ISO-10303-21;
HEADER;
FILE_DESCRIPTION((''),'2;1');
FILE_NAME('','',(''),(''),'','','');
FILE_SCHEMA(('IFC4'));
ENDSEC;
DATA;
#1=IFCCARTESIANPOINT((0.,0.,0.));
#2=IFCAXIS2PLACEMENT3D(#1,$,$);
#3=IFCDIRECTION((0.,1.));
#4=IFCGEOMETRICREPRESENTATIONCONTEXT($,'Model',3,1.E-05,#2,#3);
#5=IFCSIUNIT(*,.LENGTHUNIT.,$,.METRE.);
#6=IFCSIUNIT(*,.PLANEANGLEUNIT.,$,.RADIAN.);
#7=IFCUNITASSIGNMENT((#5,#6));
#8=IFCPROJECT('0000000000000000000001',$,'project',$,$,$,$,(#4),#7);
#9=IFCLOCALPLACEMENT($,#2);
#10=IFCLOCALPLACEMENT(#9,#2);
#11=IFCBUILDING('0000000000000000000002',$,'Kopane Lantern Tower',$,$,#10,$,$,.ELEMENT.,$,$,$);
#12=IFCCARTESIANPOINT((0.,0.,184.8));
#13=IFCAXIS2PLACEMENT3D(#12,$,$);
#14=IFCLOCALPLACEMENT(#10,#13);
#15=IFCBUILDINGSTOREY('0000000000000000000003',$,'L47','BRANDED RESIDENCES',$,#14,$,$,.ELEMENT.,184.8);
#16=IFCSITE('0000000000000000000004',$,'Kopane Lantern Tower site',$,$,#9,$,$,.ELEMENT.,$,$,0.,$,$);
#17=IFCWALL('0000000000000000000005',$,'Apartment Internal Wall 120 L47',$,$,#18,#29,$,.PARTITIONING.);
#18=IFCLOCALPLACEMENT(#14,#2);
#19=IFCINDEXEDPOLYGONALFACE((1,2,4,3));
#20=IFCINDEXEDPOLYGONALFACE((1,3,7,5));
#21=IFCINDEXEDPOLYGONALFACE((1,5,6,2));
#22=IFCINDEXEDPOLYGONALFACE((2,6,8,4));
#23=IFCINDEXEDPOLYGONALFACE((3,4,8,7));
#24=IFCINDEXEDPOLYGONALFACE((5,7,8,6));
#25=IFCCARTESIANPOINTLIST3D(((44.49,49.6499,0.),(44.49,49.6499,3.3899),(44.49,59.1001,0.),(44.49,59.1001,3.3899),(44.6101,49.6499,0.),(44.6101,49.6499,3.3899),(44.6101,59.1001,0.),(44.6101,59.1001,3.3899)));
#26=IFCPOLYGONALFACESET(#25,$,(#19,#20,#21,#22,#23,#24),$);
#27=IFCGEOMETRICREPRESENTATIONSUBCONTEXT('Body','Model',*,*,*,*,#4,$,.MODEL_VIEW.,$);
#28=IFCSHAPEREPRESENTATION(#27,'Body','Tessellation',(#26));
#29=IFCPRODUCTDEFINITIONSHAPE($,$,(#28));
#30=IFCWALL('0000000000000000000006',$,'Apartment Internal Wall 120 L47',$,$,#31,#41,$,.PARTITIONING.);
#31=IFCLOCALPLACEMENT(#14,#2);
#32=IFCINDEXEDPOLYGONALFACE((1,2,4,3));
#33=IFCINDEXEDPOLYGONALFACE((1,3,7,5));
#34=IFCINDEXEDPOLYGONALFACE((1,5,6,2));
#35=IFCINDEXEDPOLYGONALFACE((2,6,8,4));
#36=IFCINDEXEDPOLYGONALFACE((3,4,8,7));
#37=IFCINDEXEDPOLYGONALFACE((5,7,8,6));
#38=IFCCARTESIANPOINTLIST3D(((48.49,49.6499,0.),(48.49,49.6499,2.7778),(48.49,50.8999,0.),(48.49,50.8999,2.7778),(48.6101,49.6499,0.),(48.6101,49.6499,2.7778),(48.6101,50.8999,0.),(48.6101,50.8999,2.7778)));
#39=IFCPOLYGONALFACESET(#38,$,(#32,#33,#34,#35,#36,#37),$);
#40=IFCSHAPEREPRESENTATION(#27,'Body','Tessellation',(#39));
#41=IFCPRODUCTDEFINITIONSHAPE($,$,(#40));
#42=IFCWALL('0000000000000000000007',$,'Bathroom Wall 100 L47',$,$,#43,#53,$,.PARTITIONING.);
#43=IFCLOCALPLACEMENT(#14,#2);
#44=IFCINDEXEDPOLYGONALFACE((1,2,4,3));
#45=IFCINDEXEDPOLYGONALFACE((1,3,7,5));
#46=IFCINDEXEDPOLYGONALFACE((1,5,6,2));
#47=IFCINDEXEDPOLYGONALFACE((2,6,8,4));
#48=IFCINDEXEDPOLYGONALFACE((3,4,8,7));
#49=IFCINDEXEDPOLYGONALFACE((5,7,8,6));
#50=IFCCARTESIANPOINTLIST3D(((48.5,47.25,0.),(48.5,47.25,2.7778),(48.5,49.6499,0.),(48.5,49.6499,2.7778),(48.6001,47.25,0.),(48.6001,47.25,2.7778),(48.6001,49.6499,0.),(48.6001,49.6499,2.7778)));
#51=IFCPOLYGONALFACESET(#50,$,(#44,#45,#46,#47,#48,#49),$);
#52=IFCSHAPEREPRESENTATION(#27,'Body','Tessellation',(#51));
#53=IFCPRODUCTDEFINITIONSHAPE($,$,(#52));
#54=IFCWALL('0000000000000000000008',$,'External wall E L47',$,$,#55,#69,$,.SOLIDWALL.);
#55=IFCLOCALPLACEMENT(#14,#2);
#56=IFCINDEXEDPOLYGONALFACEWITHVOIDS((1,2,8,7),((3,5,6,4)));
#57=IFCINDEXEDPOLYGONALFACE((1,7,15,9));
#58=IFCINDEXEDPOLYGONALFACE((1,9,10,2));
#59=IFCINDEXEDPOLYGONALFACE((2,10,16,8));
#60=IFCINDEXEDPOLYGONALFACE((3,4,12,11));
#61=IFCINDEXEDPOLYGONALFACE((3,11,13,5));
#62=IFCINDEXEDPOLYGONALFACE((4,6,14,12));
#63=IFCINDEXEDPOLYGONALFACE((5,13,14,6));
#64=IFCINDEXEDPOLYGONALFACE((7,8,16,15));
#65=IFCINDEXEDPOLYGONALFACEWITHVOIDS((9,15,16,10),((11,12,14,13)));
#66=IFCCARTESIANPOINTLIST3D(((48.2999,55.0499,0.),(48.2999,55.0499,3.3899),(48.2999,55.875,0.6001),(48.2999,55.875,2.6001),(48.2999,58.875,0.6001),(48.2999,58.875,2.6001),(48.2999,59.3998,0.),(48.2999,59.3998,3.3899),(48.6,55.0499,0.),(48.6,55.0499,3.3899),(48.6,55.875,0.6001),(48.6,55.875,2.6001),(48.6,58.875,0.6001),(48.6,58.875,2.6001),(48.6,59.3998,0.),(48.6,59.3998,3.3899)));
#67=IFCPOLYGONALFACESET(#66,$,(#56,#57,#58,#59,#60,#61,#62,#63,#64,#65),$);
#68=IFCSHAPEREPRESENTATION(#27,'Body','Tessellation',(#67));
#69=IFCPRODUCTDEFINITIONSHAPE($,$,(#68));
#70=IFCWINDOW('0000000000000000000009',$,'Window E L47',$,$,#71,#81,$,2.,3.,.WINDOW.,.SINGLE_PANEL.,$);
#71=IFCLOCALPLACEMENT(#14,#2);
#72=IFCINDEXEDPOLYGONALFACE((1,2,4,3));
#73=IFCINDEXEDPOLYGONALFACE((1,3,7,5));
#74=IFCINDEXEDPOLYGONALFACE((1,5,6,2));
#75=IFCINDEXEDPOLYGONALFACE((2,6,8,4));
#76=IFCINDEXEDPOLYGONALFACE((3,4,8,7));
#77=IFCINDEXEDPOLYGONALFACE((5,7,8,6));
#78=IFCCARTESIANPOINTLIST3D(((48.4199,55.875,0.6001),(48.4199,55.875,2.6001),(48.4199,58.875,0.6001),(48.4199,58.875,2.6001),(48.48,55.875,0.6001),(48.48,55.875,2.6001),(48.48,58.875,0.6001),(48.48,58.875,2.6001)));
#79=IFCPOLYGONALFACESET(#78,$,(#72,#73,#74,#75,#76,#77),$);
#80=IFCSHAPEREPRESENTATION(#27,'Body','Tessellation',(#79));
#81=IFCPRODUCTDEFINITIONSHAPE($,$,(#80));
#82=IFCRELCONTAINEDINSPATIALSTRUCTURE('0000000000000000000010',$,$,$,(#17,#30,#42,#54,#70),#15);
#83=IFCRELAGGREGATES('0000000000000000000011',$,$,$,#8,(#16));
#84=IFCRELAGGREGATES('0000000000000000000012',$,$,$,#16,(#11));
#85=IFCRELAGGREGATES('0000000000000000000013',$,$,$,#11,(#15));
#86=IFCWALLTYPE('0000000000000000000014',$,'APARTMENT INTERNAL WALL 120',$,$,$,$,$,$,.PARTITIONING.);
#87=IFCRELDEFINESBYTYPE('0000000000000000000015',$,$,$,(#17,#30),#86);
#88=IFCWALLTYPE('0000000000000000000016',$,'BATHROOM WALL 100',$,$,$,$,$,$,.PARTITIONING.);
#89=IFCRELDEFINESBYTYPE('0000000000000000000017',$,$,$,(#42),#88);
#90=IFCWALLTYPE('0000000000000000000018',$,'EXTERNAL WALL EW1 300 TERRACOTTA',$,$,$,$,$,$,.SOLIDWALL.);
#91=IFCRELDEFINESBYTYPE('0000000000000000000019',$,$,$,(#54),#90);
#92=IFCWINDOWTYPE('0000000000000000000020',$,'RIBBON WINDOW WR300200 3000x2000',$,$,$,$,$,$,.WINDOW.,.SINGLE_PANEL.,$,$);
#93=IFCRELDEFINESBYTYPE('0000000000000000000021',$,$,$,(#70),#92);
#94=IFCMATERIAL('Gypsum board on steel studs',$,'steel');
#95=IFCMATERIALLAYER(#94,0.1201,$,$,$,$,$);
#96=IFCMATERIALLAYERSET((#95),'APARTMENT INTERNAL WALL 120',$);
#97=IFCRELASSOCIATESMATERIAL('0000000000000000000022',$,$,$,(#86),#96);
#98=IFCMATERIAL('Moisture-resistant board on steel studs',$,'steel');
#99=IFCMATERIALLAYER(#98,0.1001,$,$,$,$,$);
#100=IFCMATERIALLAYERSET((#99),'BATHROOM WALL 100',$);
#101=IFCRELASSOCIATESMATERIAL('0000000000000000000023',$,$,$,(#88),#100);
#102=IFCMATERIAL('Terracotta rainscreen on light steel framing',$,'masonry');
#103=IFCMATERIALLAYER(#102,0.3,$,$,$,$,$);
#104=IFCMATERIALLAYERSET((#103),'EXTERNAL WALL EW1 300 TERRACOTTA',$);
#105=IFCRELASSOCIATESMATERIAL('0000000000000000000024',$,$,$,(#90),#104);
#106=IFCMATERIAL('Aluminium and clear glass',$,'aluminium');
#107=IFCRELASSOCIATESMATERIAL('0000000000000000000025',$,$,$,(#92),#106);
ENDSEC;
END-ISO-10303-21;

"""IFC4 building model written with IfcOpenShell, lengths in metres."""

from ifc_helpers import new_model, si_unit, direction, frame, frame_2d, origin, place, context, subcontext, project, spatial, rectangle, extrude, material, layer, layer_set, type_object, element, fill, save


model = new_model("IFC4")

# Units and contexts
model_context = context("Model", 3, precision=1e-05, world=origin(), true_north=direction((0.0, 1.0)))
body_context = subcontext(model_context, "Body", "Model", "MODEL_VIEW")
ifc_project = project(units=[si_unit("LENGTHUNIT", "METRE"), si_unit("PLANEANGLEUNIT", "RADIAN")], contexts=[model_context])

# Site, building, storey
site_placement = place(None, origin())
site = spatial("IfcSite", under=ifc_project, at=site_placement, Name="Kopane Lantern Tower site", CompositionType="ELEMENT", RefElevation=0.0)
building_placement = place(site_placement, origin())
building = spatial("IfcBuilding", under=site, at=building_placement, Name="Kopane Lantern Tower", CompositionType="ELEMENT")
storey_placement = place(building_placement, frame((0.0, 0.0, 184.8)))
storey = spatial("IfcBuildingStorey", under=building, at=storey_placement, Name="L47", Description="BRANDED RESIDENCES", CompositionType="ELEMENT", Elevation=184.8)

# Walls
ifc_material_1 = material(Name="Gypsum board on steel studs", Category="steel")
ifc_layer_1 = layer(ifc_material_1, 0.1201)
ifc_layer_set_1 = layer_set([ifc_layer_1], Name="APARTMENT INTERNAL WALL 120")
wall_type_1 = type_object("IfcWallType", Name="APARTMENT INTERNAL WALL 120", PredefinedType="PARTITIONING", material=ifc_layer_set_1)
wall_1_placement = place(storey_placement, frame((44.55, 49.6499, 0.0), z_axis=(0.0, 0.0, 1.0), x_axis=(0.0, 1.0, 0.0)))
element("IfcWall", 1, at=wall_1_placement, inside=storey, type_object=wall_type_1, Name="Apartment Internal Wall 120 L47", PredefinedType="PARTITIONING", context=body_context, shape_type="SweptSolid", body=[
    extrude(rectangle(XDim=9.4502, YDim=0.1201, at=frame_2d((4.7251, 0.0))), origin(), (0.0, 0.0, 1.0), 3.3899),
])
wall_2_placement = place(storey_placement, frame((48.55, 49.6499, 0.0), z_axis=(0.0, 0.0, 1.0), x_axis=(0.0, 1.0, 0.0)))
element("IfcWall", 2, at=wall_2_placement, inside=storey, type_object=wall_type_1, Name="Apartment Internal Wall 120 L47", PredefinedType="PARTITIONING", context=body_context, shape_type="SweptSolid", body=[
    extrude(rectangle(XDim=1.25, YDim=0.1201, at=frame_2d((0.625, 0.0))), origin(), (0.0, 0.0, 1.0), 2.7778),
])
ifc_material_2 = material(Name="Moisture-resistant board on steel studs", Category="steel")
ifc_layer_2 = layer(ifc_material_2, 0.1001)
ifc_layer_set_2 = layer_set([ifc_layer_2], Name="BATHROOM WALL 100")
wall_type_2 = type_object("IfcWallType", Name="BATHROOM WALL 100", PredefinedType="PARTITIONING", material=ifc_layer_set_2)
wall_3_placement = place(storey_placement, frame((48.55, 47.25, 0.0), z_axis=(0.0, 0.0, 1.0), x_axis=(0.0, 1.0, 0.0)))
element("IfcWall", 3, at=wall_3_placement, inside=storey, type_object=wall_type_2, Name="Bathroom Wall 100 L47", PredefinedType="PARTITIONING", context=body_context, shape_type="SweptSolid", body=[
    extrude(rectangle(XDim=2.3999, YDim=0.1001, at=frame_2d((1.2, 0.0))), origin(), (0.0, 0.0, 1.0), 2.7778),
])

# Wall, opening, window
ifc_material_3 = material(Name="Terracotta rainscreen on light steel framing", Category="masonry")
ifc_layer_3 = layer(ifc_material_3, 0.3)
ifc_layer_set_3 = layer_set([ifc_layer_3], Name="EXTERNAL WALL EW1 300 TERRACOTTA")
wall_type_3 = type_object("IfcWallType", Name="EXTERNAL WALL EW1 300 TERRACOTTA", PredefinedType="SOLIDWALL", material=ifc_layer_set_3)
wall_4_placement = place(storey_placement, frame((48.45, 55.05, 0.0), z_axis=(0.0, 0.0, 1.0), x_axis=(0.0, 1.0, 0.0)))
wall_4 = element("IfcWall", 4, at=wall_4_placement, inside=storey, type_object=wall_type_3, Name="External wall E L47", PredefinedType="SOLIDWALL", context=body_context, shape_type="SweptSolid", body=[
    extrude(rectangle(XDim=4.3499, YDim=0.3, at=frame_2d((2.1748, 0.0))), origin(), (0.0, 0.0, 1.0), 3.3899),
])
opening_1_placement = place(wall_4_placement, frame((0.825, 0.0, 0.6001)))
opening_1 = element("IfcOpeningElement", 5, at=opening_1_placement, cuts=wall_4, PredefinedType="OPENING", context=body_context, shape_type="SweptSolid", body=[
    extrude(rectangle(XDim=3.0, YDim=2.0, at=frame_2d((1.5, 1.0))), frame((0.0, 0.1599, 0.0), z_axis=(0.0, -1.0, 0.0), x_axis=(1.0, 0.0, 0.0)), (0.0, 0.0, 1.0), 0.3201),
])
ifc_material_4 = material(Name="Aluminium and clear glass", Category="aluminium")
window_type_1 = type_object("IfcWindowType", Name="RIBBON WINDOW WR300200 3000x2000", PartitioningType="SINGLE_PANEL", PredefinedType="WINDOW", material=ifc_material_4)
window_1_placement = place(opening_1_placement, origin())
window_1 = element("IfcWindow", 6, at=window_1_placement, inside=storey, type_object=window_type_1, Name="Window E L47", OverallHeight=2.0, OverallWidth=3.0, PartitioningType="SINGLE_PANEL", PredefinedType="WINDOW", context=body_context, shape_type="SweptSolid", body=[
    extrude(rectangle(XDim=3.0, YDim=2.0, at=frame_2d((1.5, 1.0))), frame((0.0, 0.03, 0.0), z_axis=(0.0, -1.0, 0.0), x_axis=(1.0, 0.0, 0.0)), (0.0, 0.0, 1.0), 0.0601),
])
fill(opening_1, window_1)

save(model, "model.ifc")
